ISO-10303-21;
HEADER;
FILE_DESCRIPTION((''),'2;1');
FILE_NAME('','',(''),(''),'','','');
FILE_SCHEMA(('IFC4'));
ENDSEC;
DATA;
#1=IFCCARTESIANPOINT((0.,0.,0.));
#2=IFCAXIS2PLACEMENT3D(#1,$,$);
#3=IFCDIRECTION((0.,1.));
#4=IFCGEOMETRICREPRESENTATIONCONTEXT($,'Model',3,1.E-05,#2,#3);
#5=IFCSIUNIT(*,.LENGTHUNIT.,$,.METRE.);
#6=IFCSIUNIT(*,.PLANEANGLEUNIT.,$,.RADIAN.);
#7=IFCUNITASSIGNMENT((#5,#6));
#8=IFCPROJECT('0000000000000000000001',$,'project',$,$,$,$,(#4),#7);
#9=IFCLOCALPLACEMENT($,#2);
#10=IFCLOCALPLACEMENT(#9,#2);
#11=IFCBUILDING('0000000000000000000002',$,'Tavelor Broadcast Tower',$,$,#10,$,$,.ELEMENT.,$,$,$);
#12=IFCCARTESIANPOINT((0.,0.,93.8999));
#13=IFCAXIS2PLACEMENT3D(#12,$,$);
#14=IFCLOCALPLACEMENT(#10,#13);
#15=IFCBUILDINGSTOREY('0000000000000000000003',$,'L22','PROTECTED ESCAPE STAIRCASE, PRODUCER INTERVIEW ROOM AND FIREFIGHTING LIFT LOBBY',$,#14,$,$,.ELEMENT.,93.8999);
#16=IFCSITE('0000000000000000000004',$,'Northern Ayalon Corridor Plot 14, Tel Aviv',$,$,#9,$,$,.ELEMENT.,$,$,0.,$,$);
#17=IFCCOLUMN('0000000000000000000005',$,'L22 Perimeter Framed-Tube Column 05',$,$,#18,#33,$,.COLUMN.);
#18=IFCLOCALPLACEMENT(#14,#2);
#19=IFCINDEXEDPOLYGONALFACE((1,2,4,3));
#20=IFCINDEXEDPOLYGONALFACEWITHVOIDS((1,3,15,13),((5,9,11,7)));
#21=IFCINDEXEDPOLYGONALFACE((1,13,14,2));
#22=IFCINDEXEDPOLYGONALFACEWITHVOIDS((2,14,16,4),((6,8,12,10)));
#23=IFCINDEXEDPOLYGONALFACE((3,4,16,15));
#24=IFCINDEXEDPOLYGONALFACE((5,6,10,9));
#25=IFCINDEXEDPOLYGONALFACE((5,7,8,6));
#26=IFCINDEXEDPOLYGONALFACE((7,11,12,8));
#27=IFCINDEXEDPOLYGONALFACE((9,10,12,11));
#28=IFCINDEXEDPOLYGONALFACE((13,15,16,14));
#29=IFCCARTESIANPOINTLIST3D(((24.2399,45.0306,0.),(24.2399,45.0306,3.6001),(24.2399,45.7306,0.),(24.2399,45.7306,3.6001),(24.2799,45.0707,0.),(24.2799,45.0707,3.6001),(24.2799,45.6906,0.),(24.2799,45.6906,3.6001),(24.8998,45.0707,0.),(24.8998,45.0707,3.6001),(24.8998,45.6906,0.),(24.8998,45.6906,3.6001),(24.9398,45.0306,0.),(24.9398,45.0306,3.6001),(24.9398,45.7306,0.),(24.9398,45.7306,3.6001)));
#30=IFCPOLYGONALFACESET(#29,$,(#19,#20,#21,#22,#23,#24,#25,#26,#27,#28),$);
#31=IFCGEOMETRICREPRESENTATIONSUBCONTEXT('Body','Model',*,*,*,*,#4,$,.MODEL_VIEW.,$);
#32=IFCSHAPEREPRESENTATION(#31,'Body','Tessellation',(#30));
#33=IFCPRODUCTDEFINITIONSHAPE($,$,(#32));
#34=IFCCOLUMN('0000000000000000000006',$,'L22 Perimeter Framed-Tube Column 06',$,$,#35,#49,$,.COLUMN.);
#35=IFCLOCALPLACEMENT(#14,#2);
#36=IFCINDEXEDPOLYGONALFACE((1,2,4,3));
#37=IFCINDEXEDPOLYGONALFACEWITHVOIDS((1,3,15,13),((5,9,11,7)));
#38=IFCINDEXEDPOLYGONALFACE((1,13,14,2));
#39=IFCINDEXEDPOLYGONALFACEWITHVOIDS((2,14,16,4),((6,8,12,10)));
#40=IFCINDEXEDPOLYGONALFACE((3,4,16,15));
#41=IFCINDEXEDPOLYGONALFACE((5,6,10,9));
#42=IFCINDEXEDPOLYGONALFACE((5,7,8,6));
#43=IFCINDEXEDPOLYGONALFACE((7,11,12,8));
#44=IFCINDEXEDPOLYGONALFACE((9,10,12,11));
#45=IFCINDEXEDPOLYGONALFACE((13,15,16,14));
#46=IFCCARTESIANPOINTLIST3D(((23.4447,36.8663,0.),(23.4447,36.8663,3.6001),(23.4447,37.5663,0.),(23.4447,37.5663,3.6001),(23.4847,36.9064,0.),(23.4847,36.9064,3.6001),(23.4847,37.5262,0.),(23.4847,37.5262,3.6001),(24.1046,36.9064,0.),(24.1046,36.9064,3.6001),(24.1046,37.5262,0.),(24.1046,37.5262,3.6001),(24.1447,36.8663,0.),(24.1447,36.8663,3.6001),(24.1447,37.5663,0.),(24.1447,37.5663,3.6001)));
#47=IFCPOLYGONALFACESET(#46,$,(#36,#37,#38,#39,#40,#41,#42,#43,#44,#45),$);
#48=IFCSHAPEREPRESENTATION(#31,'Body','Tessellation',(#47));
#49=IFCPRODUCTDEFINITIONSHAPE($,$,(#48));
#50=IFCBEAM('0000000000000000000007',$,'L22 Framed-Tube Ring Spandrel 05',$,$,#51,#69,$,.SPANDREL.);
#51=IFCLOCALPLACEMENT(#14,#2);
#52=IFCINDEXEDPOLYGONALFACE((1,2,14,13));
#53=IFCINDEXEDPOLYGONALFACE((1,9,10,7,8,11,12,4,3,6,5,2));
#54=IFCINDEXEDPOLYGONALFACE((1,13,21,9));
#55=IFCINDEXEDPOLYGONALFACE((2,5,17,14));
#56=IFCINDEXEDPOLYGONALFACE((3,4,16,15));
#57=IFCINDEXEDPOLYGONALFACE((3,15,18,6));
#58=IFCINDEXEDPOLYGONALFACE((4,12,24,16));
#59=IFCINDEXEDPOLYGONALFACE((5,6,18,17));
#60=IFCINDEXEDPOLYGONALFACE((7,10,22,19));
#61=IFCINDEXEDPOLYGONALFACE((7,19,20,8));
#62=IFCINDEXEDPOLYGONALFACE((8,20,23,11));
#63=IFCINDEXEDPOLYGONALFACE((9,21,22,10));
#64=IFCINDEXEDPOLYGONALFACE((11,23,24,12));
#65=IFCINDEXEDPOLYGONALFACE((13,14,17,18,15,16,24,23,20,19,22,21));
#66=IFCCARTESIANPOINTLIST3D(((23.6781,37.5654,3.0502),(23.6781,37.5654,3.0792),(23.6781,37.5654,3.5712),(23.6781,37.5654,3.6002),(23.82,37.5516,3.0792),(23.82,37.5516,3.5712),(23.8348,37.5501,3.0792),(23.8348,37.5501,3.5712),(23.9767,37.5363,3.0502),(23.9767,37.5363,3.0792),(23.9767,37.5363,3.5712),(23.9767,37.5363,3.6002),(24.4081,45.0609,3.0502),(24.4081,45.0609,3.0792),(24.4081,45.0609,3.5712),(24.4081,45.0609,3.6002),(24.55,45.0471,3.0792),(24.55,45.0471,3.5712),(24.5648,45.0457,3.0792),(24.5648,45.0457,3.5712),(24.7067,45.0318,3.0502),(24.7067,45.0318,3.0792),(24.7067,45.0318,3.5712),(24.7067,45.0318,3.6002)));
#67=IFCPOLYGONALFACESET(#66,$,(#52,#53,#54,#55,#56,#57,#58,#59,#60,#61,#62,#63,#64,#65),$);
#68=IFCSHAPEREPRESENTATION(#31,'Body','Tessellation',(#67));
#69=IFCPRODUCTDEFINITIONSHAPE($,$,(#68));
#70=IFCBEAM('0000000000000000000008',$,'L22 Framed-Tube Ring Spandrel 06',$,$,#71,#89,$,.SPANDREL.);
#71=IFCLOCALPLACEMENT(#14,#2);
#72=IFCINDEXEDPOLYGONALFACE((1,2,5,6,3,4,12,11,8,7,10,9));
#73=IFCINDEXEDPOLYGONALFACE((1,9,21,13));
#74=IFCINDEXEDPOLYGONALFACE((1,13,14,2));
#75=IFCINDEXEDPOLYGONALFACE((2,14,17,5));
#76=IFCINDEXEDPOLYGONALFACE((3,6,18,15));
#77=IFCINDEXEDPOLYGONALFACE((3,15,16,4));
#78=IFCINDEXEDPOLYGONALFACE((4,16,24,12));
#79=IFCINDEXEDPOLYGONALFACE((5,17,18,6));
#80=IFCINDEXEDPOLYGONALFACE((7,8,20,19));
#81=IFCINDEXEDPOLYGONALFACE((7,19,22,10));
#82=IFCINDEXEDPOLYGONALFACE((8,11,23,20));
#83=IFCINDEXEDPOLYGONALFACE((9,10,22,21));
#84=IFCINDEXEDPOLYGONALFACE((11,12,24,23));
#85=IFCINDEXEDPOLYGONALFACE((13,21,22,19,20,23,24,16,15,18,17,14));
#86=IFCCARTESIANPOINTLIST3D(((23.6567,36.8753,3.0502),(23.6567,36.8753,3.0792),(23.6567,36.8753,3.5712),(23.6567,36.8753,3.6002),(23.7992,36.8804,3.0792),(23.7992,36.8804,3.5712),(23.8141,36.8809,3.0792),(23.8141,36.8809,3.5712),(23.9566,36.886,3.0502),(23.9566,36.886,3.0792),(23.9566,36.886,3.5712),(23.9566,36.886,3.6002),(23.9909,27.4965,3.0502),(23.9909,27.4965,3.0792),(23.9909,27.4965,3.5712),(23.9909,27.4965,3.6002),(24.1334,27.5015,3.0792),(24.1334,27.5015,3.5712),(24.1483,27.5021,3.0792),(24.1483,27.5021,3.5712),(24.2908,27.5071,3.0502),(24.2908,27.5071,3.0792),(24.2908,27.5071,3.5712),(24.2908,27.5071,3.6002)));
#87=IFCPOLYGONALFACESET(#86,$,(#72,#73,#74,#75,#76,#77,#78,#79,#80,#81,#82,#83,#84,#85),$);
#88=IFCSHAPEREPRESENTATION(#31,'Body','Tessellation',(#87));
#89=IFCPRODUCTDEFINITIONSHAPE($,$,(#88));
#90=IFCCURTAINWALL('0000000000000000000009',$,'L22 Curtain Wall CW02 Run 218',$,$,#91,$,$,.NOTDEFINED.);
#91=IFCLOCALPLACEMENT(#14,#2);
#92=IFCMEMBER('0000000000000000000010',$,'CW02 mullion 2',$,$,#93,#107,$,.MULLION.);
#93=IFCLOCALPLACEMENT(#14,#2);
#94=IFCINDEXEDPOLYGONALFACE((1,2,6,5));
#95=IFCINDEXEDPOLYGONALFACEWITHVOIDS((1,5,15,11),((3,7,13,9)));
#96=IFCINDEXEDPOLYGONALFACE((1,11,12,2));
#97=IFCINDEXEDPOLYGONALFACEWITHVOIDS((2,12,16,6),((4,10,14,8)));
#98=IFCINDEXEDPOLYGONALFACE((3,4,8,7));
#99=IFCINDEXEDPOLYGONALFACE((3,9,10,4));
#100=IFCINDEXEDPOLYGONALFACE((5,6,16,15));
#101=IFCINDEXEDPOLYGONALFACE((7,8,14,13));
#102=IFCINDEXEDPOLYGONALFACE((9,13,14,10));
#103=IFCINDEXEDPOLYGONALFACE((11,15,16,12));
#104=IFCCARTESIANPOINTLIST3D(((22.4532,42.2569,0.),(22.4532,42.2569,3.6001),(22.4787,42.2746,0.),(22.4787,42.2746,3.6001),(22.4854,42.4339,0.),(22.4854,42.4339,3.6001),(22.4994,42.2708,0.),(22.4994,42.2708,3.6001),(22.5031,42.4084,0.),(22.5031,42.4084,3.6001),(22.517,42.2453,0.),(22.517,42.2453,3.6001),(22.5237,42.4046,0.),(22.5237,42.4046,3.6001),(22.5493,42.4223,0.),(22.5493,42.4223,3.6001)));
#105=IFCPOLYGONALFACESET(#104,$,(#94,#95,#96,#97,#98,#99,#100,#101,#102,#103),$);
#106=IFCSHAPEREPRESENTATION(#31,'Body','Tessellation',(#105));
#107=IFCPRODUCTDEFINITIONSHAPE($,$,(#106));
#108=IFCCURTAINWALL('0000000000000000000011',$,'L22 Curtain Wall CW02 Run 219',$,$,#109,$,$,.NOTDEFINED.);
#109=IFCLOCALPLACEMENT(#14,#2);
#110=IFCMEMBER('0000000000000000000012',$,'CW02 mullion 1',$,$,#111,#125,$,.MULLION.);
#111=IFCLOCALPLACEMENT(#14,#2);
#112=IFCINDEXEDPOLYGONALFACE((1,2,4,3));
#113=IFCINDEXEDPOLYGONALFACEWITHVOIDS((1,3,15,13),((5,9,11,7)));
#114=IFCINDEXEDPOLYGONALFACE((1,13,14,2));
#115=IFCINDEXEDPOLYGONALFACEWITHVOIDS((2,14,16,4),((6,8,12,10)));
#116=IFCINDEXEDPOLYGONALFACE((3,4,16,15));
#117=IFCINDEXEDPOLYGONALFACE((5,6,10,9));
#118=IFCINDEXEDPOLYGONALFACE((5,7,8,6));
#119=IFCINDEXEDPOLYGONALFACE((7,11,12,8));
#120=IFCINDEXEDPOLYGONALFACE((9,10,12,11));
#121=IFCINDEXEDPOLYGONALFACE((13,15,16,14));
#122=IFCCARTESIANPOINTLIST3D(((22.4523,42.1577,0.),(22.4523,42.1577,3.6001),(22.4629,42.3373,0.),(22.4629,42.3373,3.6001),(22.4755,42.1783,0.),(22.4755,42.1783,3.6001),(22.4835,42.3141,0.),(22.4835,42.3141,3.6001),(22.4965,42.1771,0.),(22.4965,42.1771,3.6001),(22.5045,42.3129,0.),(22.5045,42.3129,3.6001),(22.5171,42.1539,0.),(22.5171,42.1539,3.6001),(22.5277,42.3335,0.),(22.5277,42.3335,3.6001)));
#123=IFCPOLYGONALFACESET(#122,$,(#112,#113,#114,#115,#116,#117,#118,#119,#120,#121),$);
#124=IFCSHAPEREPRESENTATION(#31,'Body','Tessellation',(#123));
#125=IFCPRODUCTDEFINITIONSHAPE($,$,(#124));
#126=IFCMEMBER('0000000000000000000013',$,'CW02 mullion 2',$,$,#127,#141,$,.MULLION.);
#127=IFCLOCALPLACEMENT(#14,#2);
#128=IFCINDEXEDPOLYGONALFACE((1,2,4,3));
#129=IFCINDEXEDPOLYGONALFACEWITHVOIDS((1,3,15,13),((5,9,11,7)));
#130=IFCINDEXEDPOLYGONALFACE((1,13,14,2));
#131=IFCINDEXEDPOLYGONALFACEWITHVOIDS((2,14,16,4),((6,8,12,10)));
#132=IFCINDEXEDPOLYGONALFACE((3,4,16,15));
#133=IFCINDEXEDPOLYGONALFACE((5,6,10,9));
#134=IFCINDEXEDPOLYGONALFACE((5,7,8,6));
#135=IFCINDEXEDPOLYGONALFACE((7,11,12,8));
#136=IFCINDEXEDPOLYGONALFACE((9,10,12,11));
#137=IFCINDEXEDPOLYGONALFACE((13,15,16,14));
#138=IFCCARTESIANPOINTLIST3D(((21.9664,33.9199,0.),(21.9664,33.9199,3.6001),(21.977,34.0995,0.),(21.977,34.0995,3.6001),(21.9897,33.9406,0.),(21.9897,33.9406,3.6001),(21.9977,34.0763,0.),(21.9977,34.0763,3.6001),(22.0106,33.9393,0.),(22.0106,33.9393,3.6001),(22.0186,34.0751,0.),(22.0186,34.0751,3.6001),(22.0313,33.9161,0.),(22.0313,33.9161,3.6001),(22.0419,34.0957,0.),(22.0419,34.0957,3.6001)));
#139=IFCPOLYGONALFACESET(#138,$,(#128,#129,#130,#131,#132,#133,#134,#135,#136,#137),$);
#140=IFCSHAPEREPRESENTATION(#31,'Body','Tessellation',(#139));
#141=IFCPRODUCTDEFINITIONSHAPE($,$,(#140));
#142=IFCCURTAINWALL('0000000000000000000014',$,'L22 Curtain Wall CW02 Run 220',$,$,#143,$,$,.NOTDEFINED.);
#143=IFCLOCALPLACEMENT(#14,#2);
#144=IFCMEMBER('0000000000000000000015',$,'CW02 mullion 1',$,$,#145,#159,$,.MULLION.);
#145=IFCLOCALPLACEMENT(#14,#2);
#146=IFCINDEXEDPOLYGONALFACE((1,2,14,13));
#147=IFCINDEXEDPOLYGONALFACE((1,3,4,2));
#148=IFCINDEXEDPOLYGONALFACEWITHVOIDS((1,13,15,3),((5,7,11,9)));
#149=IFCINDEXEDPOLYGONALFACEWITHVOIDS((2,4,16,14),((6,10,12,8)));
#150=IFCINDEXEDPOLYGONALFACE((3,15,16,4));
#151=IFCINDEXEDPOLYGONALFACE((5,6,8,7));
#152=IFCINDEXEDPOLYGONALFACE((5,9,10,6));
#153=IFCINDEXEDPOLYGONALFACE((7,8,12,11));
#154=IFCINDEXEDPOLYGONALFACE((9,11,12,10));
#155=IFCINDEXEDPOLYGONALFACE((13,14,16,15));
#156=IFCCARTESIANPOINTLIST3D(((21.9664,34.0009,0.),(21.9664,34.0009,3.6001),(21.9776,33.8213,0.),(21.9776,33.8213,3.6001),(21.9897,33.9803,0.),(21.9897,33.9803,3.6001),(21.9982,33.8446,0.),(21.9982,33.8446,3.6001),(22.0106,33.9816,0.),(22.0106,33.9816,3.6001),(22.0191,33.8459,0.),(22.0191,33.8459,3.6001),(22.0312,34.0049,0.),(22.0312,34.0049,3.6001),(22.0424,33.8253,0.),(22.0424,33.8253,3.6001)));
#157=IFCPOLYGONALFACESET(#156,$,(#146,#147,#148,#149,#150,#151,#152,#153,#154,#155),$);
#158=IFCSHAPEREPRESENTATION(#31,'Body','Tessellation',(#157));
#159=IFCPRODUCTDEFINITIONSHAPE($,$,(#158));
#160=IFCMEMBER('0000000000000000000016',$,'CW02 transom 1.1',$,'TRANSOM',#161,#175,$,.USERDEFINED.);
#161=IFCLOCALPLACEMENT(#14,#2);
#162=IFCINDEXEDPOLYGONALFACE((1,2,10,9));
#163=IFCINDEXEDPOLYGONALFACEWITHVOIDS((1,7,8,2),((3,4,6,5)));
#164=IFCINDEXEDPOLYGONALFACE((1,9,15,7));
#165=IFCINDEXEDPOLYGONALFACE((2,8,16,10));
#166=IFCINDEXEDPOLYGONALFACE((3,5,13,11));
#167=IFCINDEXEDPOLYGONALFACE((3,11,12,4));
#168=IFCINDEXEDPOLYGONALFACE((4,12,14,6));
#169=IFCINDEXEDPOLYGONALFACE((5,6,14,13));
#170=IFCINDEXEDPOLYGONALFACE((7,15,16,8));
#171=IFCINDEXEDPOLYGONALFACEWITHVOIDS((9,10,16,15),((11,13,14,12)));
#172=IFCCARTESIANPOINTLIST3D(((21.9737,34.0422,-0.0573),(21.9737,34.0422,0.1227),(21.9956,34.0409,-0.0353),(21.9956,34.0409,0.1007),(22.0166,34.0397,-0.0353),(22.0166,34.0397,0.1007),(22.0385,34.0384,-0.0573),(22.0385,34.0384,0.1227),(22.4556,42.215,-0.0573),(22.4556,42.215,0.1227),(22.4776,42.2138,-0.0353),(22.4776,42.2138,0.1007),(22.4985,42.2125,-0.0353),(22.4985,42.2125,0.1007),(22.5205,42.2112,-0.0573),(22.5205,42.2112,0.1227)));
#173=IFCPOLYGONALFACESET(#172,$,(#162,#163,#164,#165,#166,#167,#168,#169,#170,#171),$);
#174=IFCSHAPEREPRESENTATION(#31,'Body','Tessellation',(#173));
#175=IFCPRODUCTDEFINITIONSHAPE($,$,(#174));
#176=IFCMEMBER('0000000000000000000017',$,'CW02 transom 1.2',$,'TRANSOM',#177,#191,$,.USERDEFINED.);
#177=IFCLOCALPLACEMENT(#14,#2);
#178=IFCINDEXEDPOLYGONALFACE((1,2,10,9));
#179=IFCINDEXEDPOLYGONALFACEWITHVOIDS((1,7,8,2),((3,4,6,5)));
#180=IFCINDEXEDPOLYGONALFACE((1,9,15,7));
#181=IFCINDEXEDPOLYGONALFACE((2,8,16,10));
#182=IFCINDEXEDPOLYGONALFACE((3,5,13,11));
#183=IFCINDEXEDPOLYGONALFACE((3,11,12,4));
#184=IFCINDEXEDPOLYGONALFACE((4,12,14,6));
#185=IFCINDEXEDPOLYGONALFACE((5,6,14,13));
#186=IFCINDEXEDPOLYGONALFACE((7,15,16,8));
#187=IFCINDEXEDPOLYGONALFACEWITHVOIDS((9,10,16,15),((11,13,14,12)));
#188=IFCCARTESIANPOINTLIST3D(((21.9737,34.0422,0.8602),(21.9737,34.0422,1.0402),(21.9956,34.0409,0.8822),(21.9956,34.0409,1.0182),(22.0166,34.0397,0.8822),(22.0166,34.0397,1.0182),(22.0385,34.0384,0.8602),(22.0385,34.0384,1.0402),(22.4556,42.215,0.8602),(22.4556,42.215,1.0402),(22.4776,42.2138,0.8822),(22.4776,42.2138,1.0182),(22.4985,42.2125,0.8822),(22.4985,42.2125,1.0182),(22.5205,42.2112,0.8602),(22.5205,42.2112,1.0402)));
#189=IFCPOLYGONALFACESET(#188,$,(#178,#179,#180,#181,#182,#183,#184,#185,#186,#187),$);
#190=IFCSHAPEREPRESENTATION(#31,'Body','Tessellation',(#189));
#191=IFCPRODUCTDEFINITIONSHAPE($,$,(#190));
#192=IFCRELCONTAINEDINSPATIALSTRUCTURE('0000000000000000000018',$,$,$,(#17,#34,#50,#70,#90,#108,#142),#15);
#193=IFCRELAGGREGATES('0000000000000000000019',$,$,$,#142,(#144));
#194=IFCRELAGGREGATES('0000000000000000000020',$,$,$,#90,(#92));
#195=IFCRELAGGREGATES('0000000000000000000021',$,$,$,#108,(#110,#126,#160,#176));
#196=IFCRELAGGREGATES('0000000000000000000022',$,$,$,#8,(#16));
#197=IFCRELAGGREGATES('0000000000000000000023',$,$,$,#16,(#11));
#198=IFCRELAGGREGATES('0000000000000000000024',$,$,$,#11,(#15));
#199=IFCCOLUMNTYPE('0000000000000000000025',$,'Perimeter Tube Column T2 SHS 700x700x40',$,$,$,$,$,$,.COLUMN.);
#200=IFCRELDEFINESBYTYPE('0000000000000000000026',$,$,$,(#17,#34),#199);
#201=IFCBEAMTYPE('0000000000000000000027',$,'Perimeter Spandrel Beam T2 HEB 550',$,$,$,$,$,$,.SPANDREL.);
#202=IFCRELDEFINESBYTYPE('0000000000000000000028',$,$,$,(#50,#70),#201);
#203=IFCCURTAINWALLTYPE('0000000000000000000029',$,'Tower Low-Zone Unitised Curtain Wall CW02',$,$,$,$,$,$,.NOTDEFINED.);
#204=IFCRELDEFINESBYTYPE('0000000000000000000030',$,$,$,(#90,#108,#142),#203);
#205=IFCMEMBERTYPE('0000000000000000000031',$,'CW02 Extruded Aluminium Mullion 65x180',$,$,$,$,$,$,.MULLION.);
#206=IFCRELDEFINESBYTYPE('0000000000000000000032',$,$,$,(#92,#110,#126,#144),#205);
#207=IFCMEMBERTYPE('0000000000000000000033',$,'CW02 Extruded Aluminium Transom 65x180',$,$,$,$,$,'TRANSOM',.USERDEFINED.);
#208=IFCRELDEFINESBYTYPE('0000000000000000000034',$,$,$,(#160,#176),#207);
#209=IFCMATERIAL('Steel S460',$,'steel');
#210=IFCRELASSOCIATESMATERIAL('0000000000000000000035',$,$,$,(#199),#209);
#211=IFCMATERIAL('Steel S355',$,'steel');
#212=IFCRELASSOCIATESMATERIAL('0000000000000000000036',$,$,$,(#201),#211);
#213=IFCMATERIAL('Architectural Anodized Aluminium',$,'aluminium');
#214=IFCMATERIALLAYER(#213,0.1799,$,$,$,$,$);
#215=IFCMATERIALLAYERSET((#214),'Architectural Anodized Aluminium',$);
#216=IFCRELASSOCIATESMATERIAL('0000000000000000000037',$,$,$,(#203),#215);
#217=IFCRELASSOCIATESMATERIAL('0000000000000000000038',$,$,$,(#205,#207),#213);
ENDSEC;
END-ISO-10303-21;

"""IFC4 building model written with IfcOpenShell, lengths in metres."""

from ifc_helpers import new_model, si_unit, direction, frame, origin, origin_2d, place, context, subcontext, project, spatial, hollow_rectangle, i_section, extrude, source, transform, mapped, material, layer, layer_set, material_profile, profile_set, type_object, type_shapes, element, aggregate, save


model = new_model("IFC4")

# Units and contexts
model_context = context("Model", 3, precision=1e-05, world=origin(), true_north=direction((0.0, 1.0)))
body_context = subcontext(model_context, "Body", "Model", "MODEL_VIEW")
ifc_project = project(units=[si_unit("LENGTHUNIT", "METRE"), si_unit("PLANEANGLEUNIT", "RADIAN")], contexts=[model_context])

# Site, building, storey
site_placement = place(None, origin())
site = spatial("IfcSite", under=ifc_project, at=site_placement, Name="Northern Ayalon Corridor Plot 14, Tel Aviv", CompositionType="ELEMENT", RefElevation=0.0)
building_placement = place(site_placement, origin())
building = spatial("IfcBuilding", under=site, at=building_placement, Name="Tavelor Broadcast Tower", CompositionType="ELEMENT")
storey_placement = place(building_placement, frame((0.0, 0.0, 93.8999)))
storey = spatial("IfcBuildingStorey", under=building, at=storey_placement, Name="L22", Description="PROTECTED ESCAPE STAIRCASE, PRODUCER INTERVIEW ROOM AND FIREFIGHTING LIFT LOBBY", CompositionType="ELEMENT", Elevation=93.8999)

# Columns
ifc_material_1 = material(Name="Steel S460", Category="steel")
ifc_material_profile_1 = material_profile(ifc_material_1, hollow_rectangle(XDim=0.7, YDim=0.7, WallThickness=0.04, at=origin_2d()), Name="SHS 700x700x40")
ifc_profile_set_1 = profile_set([ifc_material_profile_1], Name="Steel S460")
column_type = type_object("IfcColumnType", Name="Perimeter Tube Column T2 SHS 700x700x40", PredefinedType="COLUMN", material=ifc_profile_set_1)
for number, where, z_axis, x_axis, name in (
    (1, (24.5898, 45.3806, 0.0), (0.0, 0.0, 1.0), (1.0, 0.0, 0.0), "L22 Perimeter Framed-Tube Column 05"),
    (2, (23.7947, 37.2163, 0.0), (0.0, 0.0, 1.0), (1.0, 0.0, 0.0), "L22 Perimeter Framed-Tube Column 06"),
):
    element("IfcColumn", number, at=place(storey_placement, frame(where, z_axis=z_axis, x_axis=x_axis)), inside=storey, type_object=column_type, Name=name, PredefinedType="COLUMN", context=body_context, shape_type="SweptSolid", body=[
        extrude(hollow_rectangle(XDim=0.7, YDim=0.7, WallThickness=0.04, at=origin_2d()), origin(), (0.0, 0.0, 1.0), 3.6001),
    ])

# Beams
ifc_material_2 = material(Name="Steel S355", Category="steel")
ifc_material_profile_2 = material_profile(ifc_material_2, i_section(OverallWidth=0.3, OverallDepth=0.55, WebThickness=0.0149, FlangeThickness=0.0291, at=origin_2d()), Name="HEB 550")
ifc_profile_set_2 = profile_set([ifc_material_profile_2], Name="Steel S355")
beam_type = type_object("IfcBeamType", Name="Perimeter Spandrel Beam T2 HEB 550", PredefinedType="SPANDREL", material=ifc_profile_set_2)
beam_1_placement = place(storey_placement, frame((24.5574, 45.0464, 3.3252), z_axis=(-0.096929, -0.995291, 0.0), x_axis=(0.995291, -0.096929, 0.0)))
element("IfcBeam", 3, at=beam_1_placement, inside=storey, type_object=beam_type, Name="L22 Framed-Tube Ring Spandrel 05", PredefinedType="SPANDREL", context=body_context, shape_type="SweptSolid", body=[
    extrude(i_section(OverallWidth=0.3, OverallDepth=0.55, WebThickness=0.0149, FlangeThickness=0.0291, at=origin_2d()), origin(), (0.0, 0.0, 1.0), 7.531),
])
beam_2_placement = place(storey_placement, frame((23.8066, 36.8806, 3.3252), z_axis=(0.035614, -0.999366, 0.0), x_axis=(0.999366, 0.035614, 0.0)))
element("IfcBeam", 4, at=beam_2_placement, inside=storey, type_object=beam_type, Name="L22 Framed-Tube Ring Spandrel 06", PredefinedType="SPANDREL", context=body_context, shape_type="SweptSolid", body=[
    extrude(i_section(OverallWidth=0.3, OverallDepth=0.55, WebThickness=0.0149, FlangeThickness=0.0291, at=origin_2d()), origin(), (0.0, 0.0, 1.0), 9.3848),
])

# Curtain wall, member
ifc_material_3 = material(Name="Architectural Anodized Aluminium", Category="aluminium")
ifc_layer_1 = layer(ifc_material_3, 0.1799)
ifc_layer_set_1 = layer_set([ifc_layer_1], Name="Architectural Anodized Aluminium")
curtain_wall_type = type_object("IfcCurtainWallType", Name="Tower Low-Zone Unitised Curtain Wall CW02", PredefinedType="NOTDEFINED", material=ifc_layer_set_1)
curtain_wall_1_placement = place(storey_placement, origin())
curtain_wall_1 = element("IfcCurtainWall", 5, at=curtain_wall_1_placement, inside=storey, type_object=curtain_wall_type, Name="L22 Curtain Wall CW02 Run 218", PredefinedType="NOTDEFINED")
ifc_material_profile_3 = material_profile(ifc_material_3, hollow_rectangle(XDim=0.0649, YDim=0.1799, WallThickness=0.022, at=origin_2d()), Name="RHS 65x180x22")
ifc_profile_set_3 = profile_set([ifc_material_profile_3], Name="Architectural Anodized Aluminium")
member_type_1 = type_object("IfcMemberType", Name="CW02 Extruded Aluminium Mullion 65x180", PredefinedType="MULLION", material=ifc_profile_set_3)
shared_shape_1 = source(origin(), body_context, "Body", "SweptSolid", [
    extrude(hollow_rectangle(XDim=0.0649, YDim=0.1799, WallThickness=0.022, at=origin_2d()), origin(), (0.0, 0.0, 1.0), 3.6001),
])
type_shapes(member_type_1, [shared_shape_1])
member_1_placement = place(storey_placement, frame((22.5012, 42.3396, 0.0), z_axis=(0.0, 0.0, 1.0), x_axis=(0.983806, -0.179236, 0.0)))
member_1 = element("IfcMember", 6, at=member_1_placement, type_object=member_type_1, Name="CW02 mullion 2", PredefinedType="MULLION", context=body_context, shape_type="MappedRepresentation", body=[
    mapped(shared_shape_1, transform((0.0, 0.0, 0.0), scale=1.0)),
])

# Curtain wall, members
curtain_wall_2_placement = place(storey_placement, origin())
curtain_wall_2 = element("IfcCurtainWall", 7, at=curtain_wall_2_placement, inside=storey, type_object=curtain_wall_type, Name="L22 Curtain Wall CW02 Run 219", PredefinedType="NOTDEFINED")
member_2_placement = place(storey_placement, frame((22.49, 42.2456, 0.0), z_axis=(0.0, 0.0, 1.0), x_axis=(0.998266, -0.058867, 0.0)))
member_2 = element("IfcMember", 8, at=member_2_placement, type_object=member_type_1, Name="CW02 mullion 1", PredefinedType="MULLION", context=body_context, shape_type="MappedRepresentation", body=[
    mapped(shared_shape_1, transform((0.0, 0.0, 0.0), scale=1.0)),
])
member_3_placement = place(storey_placement, frame((22.0042, 34.0078, 0.0), z_axis=(0.0, 0.0, 1.0), x_axis=(0.998266, -0.058867, 0.0)))
member_3 = element("IfcMember", 9, at=member_3_placement, type_object=member_type_1, Name="CW02 mullion 2", PredefinedType="MULLION", context=body_context, shape_type="MappedRepresentation", body=[
    mapped(shared_shape_1, transform((0.0, 0.0, 0.0), scale=1.0)),
])

# Curtain wall, member
curtain_wall_3_placement = place(storey_placement, origin())
curtain_wall_3 = element("IfcCurtainWall", 10, at=curtain_wall_3_placement, inside=storey, type_object=curtain_wall_type, Name="L22 Curtain Wall CW02 Run 220", PredefinedType="NOTDEFINED")
member_4_placement = place(storey_placement, frame((22.0044, 33.9131, 0.0), z_axis=(0.0, 0.0, 1.0), x_axis=(0.998052, 0.062392, 0.0)))
member_4 = element("IfcMember", 11, at=member_4_placement, type_object=member_type_1, Name="CW02 mullion 1", PredefinedType="MULLION", context=body_context, shape_type="MappedRepresentation", body=[
    mapped(shared_shape_1, transform((0.0, 0.0, 0.0), scale=1.0)),
])
aggregate(curtain_wall_3, [member_4])

# Members
ifc_material_profile_4 = material_profile(ifc_material_3, hollow_rectangle(XDim=0.0649, YDim=0.1799, WallThickness=0.022, at=origin_2d()), Name="RHS 65x180x22")
ifc_profile_set_4 = profile_set([ifc_material_profile_4], Name="Architectural Anodized Aluminium")
member_type_2 = type_object("IfcMemberType", Name="CW02 Extruded Aluminium Transom 65x180", ElementType="TRANSOM", PredefinedType="USERDEFINED", material=ifc_profile_set_4)
shared_shape_2 = source(origin(), body_context, "Body", "SweptSolid", [
    extrude(hollow_rectangle(XDim=0.0649, YDim=0.1799, WallThickness=0.022, at=origin_2d()), origin(), (0.0, 0.0, 1.0), 8.187),
])
type_shapes(member_type_2, [shared_shape_2])
member_5_placement = place(storey_placement, frame((22.488, 42.2131, 0.0327), z_axis=(-0.058865, -0.998266, 0.0), x_axis=(0.998266, -0.058865, 0.0)))
member_5 = element("IfcMember", 12, at=member_5_placement, type_object=member_type_2, Name="CW02 transom 1.1", ObjectType="TRANSOM", PredefinedType="USERDEFINED", context=body_context, shape_type="MappedRepresentation", body=[
    mapped(shared_shape_2, transform((0.0, 0.0, 0.0), scale=1.0)),
])
member_6_placement = place(storey_placement, frame((22.488, 42.2131, 0.9502), z_axis=(-0.058865, -0.998266, 0.0), x_axis=(0.998266, -0.058865, 0.0)))
member_6 = element("IfcMember", 13, at=member_6_placement, type_object=member_type_2, Name="CW02 transom 1.2", ObjectType="TRANSOM", PredefinedType="USERDEFINED", context=body_context, shape_type="MappedRepresentation", body=[
    mapped(shared_shape_2, transform((0.0, 0.0, 0.0), scale=1.0)),
])

aggregate(curtain_wall_1, [member_1])
aggregate(curtain_wall_2, [member_2, member_3, member_5, member_6])

save(model, "model.ifc")
